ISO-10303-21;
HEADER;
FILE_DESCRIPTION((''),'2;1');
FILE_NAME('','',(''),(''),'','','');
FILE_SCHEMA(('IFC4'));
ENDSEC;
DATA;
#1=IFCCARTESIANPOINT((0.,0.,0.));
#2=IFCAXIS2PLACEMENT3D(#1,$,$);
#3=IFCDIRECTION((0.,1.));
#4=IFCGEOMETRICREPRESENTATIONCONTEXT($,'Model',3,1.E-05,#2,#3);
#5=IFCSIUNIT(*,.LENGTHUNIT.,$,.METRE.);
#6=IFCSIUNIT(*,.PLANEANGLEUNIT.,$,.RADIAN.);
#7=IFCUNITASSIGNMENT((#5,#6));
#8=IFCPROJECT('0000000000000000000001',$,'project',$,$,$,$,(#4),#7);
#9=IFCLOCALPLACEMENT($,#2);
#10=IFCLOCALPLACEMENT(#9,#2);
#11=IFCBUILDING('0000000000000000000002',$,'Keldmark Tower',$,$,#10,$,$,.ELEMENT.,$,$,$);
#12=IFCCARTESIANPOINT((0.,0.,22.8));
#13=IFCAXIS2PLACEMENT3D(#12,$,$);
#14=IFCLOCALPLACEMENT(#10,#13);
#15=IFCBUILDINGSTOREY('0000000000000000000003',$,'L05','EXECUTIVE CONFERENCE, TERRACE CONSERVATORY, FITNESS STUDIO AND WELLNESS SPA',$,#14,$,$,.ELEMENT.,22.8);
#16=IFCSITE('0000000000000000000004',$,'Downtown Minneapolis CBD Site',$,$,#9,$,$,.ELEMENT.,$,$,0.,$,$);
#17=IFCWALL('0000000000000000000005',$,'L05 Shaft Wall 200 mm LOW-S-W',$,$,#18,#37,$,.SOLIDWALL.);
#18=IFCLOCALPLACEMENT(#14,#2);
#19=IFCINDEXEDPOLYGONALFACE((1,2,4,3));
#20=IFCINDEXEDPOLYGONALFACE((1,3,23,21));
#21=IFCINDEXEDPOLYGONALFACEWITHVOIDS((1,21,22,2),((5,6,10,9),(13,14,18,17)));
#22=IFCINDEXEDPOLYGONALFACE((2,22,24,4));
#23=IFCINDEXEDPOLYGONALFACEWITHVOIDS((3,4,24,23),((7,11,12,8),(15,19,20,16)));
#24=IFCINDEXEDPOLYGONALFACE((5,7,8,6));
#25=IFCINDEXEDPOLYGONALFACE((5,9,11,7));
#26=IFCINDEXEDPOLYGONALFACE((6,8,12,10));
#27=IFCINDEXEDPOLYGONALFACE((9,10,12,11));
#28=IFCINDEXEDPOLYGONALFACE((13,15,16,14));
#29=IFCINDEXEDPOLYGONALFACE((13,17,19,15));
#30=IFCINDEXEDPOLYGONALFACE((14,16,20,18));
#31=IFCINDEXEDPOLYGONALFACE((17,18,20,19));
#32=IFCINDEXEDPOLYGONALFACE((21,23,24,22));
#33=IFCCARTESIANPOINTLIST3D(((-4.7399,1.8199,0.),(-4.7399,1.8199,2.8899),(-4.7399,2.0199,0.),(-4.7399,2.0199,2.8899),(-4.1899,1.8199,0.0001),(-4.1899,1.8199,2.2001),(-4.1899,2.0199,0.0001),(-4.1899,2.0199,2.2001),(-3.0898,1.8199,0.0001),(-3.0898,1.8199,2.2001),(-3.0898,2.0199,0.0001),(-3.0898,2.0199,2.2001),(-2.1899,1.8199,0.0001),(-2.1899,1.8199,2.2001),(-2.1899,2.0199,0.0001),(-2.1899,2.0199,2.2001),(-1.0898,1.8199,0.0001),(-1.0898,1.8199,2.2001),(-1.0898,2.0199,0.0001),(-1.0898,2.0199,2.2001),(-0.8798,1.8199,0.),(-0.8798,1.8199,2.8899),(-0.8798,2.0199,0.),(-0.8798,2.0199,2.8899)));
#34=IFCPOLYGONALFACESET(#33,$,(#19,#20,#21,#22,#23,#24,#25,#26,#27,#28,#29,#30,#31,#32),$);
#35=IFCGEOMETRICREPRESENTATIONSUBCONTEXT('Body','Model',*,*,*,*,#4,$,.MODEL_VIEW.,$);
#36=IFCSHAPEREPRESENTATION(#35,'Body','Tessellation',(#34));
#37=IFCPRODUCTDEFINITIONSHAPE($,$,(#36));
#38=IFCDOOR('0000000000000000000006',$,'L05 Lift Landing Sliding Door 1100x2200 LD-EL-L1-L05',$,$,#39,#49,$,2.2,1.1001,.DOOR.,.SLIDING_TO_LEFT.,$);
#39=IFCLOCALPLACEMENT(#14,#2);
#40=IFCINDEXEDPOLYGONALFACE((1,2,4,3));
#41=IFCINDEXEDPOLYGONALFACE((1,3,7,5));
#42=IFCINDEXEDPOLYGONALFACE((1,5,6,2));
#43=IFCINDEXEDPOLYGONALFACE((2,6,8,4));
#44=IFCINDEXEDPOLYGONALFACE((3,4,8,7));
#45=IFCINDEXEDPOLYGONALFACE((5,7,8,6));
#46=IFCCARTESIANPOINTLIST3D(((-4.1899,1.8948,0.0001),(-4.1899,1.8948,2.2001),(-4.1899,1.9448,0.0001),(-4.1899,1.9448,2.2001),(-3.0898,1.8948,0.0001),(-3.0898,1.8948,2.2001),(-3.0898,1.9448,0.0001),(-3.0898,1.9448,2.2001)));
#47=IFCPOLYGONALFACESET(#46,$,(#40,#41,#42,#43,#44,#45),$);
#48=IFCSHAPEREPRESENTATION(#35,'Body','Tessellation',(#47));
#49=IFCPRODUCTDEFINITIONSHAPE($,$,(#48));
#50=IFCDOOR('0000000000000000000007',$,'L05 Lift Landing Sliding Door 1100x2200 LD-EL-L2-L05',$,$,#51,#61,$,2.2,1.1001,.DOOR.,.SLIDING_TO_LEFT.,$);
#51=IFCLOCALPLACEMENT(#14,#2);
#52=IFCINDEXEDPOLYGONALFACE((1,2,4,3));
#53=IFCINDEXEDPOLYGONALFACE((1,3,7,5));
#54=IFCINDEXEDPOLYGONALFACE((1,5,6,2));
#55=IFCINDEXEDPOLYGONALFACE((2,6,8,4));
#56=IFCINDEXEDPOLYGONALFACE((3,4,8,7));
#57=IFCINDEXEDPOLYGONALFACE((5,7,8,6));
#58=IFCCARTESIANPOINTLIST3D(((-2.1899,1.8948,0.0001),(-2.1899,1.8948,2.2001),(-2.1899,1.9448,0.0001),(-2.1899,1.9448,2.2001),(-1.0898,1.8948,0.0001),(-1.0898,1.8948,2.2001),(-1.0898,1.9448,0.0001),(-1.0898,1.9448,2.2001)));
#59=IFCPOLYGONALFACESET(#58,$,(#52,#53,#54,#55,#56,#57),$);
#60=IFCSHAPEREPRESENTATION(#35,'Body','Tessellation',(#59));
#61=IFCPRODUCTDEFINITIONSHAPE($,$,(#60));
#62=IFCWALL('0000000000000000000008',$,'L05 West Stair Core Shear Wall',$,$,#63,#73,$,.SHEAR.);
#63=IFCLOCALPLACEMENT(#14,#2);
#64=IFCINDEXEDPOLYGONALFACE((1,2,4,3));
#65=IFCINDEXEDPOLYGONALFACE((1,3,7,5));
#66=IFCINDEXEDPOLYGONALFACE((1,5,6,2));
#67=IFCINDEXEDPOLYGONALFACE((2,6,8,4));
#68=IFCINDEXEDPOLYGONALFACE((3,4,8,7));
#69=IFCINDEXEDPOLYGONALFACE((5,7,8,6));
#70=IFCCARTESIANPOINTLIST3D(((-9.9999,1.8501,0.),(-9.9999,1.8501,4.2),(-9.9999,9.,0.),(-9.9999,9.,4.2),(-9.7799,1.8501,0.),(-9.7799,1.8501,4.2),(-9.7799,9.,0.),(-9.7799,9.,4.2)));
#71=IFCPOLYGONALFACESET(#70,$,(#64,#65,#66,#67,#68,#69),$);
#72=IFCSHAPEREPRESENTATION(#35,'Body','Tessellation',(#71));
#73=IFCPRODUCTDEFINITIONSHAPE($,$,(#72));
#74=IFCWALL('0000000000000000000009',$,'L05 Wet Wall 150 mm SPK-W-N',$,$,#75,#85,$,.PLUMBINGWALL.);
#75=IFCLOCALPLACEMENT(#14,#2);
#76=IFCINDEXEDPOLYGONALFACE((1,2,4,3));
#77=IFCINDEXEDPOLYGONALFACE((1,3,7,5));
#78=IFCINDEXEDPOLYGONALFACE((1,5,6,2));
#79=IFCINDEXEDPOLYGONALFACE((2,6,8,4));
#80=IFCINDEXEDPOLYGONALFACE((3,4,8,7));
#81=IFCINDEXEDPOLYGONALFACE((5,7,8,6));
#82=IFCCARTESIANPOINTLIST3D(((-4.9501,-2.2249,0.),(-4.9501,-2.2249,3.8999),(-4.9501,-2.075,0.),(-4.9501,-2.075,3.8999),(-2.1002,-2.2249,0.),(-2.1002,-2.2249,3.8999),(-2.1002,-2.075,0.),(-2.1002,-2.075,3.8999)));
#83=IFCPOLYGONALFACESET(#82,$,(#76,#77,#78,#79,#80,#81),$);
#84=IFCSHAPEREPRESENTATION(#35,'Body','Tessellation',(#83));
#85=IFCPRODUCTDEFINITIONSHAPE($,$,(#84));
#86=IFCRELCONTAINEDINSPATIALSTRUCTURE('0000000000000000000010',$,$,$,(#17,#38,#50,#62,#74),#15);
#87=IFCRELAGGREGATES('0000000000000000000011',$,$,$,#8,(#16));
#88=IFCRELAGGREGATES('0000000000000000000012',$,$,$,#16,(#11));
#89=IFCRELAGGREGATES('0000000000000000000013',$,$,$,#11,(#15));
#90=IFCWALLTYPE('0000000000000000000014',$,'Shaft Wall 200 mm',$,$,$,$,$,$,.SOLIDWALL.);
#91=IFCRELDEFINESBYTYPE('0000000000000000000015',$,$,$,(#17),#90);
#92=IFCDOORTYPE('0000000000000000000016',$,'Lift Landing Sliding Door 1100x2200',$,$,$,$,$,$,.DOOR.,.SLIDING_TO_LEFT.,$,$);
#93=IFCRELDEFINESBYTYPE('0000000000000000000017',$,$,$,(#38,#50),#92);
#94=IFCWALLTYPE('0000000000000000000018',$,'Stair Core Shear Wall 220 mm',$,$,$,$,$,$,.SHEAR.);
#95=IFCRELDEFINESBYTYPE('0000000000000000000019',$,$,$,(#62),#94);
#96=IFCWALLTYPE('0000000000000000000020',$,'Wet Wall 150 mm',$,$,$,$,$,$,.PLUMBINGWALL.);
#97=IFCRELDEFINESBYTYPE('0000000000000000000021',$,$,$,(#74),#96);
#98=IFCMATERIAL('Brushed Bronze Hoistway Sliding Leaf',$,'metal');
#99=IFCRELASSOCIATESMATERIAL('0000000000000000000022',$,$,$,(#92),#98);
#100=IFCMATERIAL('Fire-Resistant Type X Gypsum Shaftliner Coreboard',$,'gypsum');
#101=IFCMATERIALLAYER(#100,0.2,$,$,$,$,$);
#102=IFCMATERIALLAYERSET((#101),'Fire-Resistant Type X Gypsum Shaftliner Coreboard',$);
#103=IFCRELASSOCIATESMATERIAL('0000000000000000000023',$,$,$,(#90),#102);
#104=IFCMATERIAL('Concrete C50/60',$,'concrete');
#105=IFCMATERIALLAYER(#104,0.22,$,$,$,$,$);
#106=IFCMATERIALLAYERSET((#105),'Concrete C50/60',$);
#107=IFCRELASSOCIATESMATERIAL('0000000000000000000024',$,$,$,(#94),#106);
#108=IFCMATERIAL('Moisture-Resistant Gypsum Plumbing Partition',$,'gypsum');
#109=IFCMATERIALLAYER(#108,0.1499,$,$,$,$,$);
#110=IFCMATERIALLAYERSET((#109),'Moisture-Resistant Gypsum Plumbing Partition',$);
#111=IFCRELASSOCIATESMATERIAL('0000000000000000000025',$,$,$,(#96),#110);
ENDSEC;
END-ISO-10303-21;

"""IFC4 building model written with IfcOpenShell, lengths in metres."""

from ifc_helpers import new_model, si_unit, direction, frame, frame_2d, origin, place, context, subcontext, project, spatial, rectangle, extrude, material, layer, layer_set, type_object, element, fill, save


model = new_model("IFC4")

# Units and contexts
model_context = context("Model", 3, precision=1e-05, world=origin(), true_north=direction((0.0, 1.0)))
body_context = subcontext(model_context, "Body", "Model", "MODEL_VIEW")
ifc_project = project(units=[si_unit("LENGTHUNIT", "METRE"), si_unit("PLANEANGLEUNIT", "RADIAN")], contexts=[model_context])

# Site, building, storey
site_placement = place(None, origin())
site = spatial("IfcSite", under=ifc_project, at=site_placement, Name="Downtown Minneapolis CBD Site", CompositionType="ELEMENT", RefElevation=0.0)
building_placement = place(site_placement, origin())
building = spatial("IfcBuilding", under=site, at=building_placement, Name="Keldmark Tower", CompositionType="ELEMENT")
storey_placement = place(building_placement, frame((0.0, 0.0, 22.8)))
storey = spatial("IfcBuildingStorey", under=building, at=storey_placement, Name="L05", Description="EXECUTIVE CONFERENCE, TERRACE CONSERVATORY, FITNESS STUDIO AND WELLNESS SPA", CompositionType="ELEMENT", Elevation=22.8)

# Shared definitions
ifc_material_1 = material(Name="Brushed Bronze Hoistway Sliding Leaf", Category="metal")
door_type_1 = type_object("IfcDoorType", Name="Lift Landing Sliding Door 1100x2200", OperationType="SLIDING_TO_LEFT", PredefinedType="DOOR", material=ifc_material_1)

# Shared definitions
ifc_material_2 = material(Name="Fire-Resistant Type X Gypsum Shaftliner Coreboard", Category="gypsum")
ifc_layer_1 = layer(ifc_material_2, 0.2)
ifc_layer_set_1 = layer_set([ifc_layer_1], Name="Fire-Resistant Type X Gypsum Shaftliner Coreboard")
wall_type_1 = type_object("IfcWallType", Name="Shaft Wall 200 mm", PredefinedType="SOLIDWALL", material=ifc_layer_set_1)

# Wall, openings, doors
wall_1_placement = place(storey_placement, frame((-4.74, 1.9199, 0.0), z_axis=(0.0, 0.0, 1.0), x_axis=(1.0, 0.0, 0.0)))
wall_1 = element("IfcWall", 1, at=wall_1_placement, inside=storey, type_object=wall_type_1, Name="L05 Shaft Wall 200 mm LOW-S-W", PredefinedType="SOLIDWALL", context=body_context, shape_type="SweptSolid", body=[
    extrude(rectangle(XDim=3.8601, YDim=0.2, at=frame_2d((1.9302, 0.0))), origin(), (0.0, 0.0, 1.0), 2.8899),
])
opening_1_placement = place(wall_1_placement, frame((0.55, 0.0, 0.0)))
opening_1 = element("IfcOpeningElement", 2, at=opening_1_placement, cuts=wall_1, PredefinedType="OPENING", context=body_context, shape_type="SweptSolid", body=[
    extrude(rectangle(XDim=1.1001, YDim=2.2, at=frame_2d((0.55, 1.1001))), frame((0.0, 0.1099, 0.0), z_axis=(0.0, -1.0, 0.0), x_axis=(1.0, 0.0, 0.0)), (0.0, 0.0, 1.0), 0.22),
])
opening_2_placement = place(wall_1_placement, frame((2.55, 0.0, 0.0)))
opening_2 = element("IfcOpeningElement", 3, at=opening_2_placement, cuts=wall_1, PredefinedType="OPENING", context=body_context, shape_type="SweptSolid", body=[
    extrude(rectangle(XDim=1.1001, YDim=2.2, at=frame_2d((0.55, 1.1001))), frame((0.0, 0.1099, 0.0), z_axis=(0.0, -1.0, 0.0), x_axis=(1.0, 0.0, 0.0)), (0.0, 0.0, 1.0), 0.22),
])
door_1_placement = place(opening_1_placement, origin())
door_1 = element("IfcDoor", 4, at=door_1_placement, inside=storey, type_object=door_type_1, Name="L05 Lift Landing Sliding Door 1100x2200 LD-EL-L1-L05", OperationType="SLIDING_TO_LEFT", OverallHeight=2.2, OverallWidth=1.1001, PredefinedType="DOOR", context=body_context, shape_type="SweptSolid", body=[
    extrude(rectangle(XDim=1.1001, YDim=2.2, at=frame_2d((0.55, 1.1001))), frame((0.0, 0.0249, 0.0), z_axis=(0.0, -1.0, 0.0), x_axis=(1.0, 0.0, 0.0)), (0.0, 0.0, 1.0), 0.05),
])
fill(opening_1, door_1)
door_2_placement = place(opening_2_placement, origin())
door_2 = element("IfcDoor", 5, at=door_2_placement, inside=storey, type_object=door_type_1, Name="L05 Lift Landing Sliding Door 1100x2200 LD-EL-L2-L05", OperationType="SLIDING_TO_LEFT", OverallHeight=2.2, OverallWidth=1.1001, PredefinedType="DOOR", context=body_context, shape_type="SweptSolid", body=[
    extrude(rectangle(XDim=1.1001, YDim=2.2, at=frame_2d((0.55, 1.1001))), frame((0.0, 0.0249, 0.0), z_axis=(0.0, -1.0, 0.0), x_axis=(1.0, 0.0, 0.0)), (0.0, 0.0, 1.0), 0.05),
])
fill(opening_2, door_2)

# Walls
ifc_material_3 = material(Name="Concrete C50/60", Category="concrete")
ifc_layer_2 = layer(ifc_material_3, 0.22)
ifc_layer_set_2 = layer_set([ifc_layer_2], Name="Concrete C50/60")
wall_type_2 = type_object("IfcWallType", Name="Stair Core Shear Wall 220 mm", PredefinedType="SHEAR", material=ifc_layer_set_2)
wall_2_placement = place(storey_placement, frame((-9.8899, 1.8501, 0.0), z_axis=(0.0, 0.0, 1.0), x_axis=(0.0, 1.0, 0.0)))
element("IfcWall", 6, at=wall_2_placement, inside=storey, type_object=wall_type_2, Name="L05 West Stair Core Shear Wall", PredefinedType="SHEAR", context=body_context, shape_type="SweptSolid", body=[
    extrude(rectangle(XDim=7.1499, YDim=0.22, at=frame_2d((3.575, 0.0))), origin(), (0.0, 0.0, 1.0), 4.2),
])
ifc_material_4 = material(Name="Moisture-Resistant Gypsum Plumbing Partition", Category="gypsum")
ifc_layer_3 = layer(ifc_material_4, 0.1499)
ifc_layer_set_3 = layer_set([ifc_layer_3], Name="Moisture-Resistant Gypsum Plumbing Partition")
wall_type_3 = type_object("IfcWallType", Name="Wet Wall 150 mm", PredefinedType="PLUMBINGWALL", material=ifc_layer_set_3)
wall_3_placement = place(storey_placement, frame((-4.95, -2.1499, 0.0), z_axis=(0.0, 0.0, 1.0), x_axis=(1.0, 0.0, 0.0)))
element("IfcWall", 7, at=wall_3_placement, inside=storey, type_object=wall_type_3, Name="L05 Wet Wall 150 mm SPK-W-N", PredefinedType="PLUMBINGWALL", context=body_context, shape_type="SweptSolid", body=[
    extrude(rectangle(XDim=2.8499, YDim=0.1499, at=frame_2d((1.4248, 0.0))), origin(), (0.0, 0.0, 1.0), 3.8999),
])

save(model, "model.ifc")
